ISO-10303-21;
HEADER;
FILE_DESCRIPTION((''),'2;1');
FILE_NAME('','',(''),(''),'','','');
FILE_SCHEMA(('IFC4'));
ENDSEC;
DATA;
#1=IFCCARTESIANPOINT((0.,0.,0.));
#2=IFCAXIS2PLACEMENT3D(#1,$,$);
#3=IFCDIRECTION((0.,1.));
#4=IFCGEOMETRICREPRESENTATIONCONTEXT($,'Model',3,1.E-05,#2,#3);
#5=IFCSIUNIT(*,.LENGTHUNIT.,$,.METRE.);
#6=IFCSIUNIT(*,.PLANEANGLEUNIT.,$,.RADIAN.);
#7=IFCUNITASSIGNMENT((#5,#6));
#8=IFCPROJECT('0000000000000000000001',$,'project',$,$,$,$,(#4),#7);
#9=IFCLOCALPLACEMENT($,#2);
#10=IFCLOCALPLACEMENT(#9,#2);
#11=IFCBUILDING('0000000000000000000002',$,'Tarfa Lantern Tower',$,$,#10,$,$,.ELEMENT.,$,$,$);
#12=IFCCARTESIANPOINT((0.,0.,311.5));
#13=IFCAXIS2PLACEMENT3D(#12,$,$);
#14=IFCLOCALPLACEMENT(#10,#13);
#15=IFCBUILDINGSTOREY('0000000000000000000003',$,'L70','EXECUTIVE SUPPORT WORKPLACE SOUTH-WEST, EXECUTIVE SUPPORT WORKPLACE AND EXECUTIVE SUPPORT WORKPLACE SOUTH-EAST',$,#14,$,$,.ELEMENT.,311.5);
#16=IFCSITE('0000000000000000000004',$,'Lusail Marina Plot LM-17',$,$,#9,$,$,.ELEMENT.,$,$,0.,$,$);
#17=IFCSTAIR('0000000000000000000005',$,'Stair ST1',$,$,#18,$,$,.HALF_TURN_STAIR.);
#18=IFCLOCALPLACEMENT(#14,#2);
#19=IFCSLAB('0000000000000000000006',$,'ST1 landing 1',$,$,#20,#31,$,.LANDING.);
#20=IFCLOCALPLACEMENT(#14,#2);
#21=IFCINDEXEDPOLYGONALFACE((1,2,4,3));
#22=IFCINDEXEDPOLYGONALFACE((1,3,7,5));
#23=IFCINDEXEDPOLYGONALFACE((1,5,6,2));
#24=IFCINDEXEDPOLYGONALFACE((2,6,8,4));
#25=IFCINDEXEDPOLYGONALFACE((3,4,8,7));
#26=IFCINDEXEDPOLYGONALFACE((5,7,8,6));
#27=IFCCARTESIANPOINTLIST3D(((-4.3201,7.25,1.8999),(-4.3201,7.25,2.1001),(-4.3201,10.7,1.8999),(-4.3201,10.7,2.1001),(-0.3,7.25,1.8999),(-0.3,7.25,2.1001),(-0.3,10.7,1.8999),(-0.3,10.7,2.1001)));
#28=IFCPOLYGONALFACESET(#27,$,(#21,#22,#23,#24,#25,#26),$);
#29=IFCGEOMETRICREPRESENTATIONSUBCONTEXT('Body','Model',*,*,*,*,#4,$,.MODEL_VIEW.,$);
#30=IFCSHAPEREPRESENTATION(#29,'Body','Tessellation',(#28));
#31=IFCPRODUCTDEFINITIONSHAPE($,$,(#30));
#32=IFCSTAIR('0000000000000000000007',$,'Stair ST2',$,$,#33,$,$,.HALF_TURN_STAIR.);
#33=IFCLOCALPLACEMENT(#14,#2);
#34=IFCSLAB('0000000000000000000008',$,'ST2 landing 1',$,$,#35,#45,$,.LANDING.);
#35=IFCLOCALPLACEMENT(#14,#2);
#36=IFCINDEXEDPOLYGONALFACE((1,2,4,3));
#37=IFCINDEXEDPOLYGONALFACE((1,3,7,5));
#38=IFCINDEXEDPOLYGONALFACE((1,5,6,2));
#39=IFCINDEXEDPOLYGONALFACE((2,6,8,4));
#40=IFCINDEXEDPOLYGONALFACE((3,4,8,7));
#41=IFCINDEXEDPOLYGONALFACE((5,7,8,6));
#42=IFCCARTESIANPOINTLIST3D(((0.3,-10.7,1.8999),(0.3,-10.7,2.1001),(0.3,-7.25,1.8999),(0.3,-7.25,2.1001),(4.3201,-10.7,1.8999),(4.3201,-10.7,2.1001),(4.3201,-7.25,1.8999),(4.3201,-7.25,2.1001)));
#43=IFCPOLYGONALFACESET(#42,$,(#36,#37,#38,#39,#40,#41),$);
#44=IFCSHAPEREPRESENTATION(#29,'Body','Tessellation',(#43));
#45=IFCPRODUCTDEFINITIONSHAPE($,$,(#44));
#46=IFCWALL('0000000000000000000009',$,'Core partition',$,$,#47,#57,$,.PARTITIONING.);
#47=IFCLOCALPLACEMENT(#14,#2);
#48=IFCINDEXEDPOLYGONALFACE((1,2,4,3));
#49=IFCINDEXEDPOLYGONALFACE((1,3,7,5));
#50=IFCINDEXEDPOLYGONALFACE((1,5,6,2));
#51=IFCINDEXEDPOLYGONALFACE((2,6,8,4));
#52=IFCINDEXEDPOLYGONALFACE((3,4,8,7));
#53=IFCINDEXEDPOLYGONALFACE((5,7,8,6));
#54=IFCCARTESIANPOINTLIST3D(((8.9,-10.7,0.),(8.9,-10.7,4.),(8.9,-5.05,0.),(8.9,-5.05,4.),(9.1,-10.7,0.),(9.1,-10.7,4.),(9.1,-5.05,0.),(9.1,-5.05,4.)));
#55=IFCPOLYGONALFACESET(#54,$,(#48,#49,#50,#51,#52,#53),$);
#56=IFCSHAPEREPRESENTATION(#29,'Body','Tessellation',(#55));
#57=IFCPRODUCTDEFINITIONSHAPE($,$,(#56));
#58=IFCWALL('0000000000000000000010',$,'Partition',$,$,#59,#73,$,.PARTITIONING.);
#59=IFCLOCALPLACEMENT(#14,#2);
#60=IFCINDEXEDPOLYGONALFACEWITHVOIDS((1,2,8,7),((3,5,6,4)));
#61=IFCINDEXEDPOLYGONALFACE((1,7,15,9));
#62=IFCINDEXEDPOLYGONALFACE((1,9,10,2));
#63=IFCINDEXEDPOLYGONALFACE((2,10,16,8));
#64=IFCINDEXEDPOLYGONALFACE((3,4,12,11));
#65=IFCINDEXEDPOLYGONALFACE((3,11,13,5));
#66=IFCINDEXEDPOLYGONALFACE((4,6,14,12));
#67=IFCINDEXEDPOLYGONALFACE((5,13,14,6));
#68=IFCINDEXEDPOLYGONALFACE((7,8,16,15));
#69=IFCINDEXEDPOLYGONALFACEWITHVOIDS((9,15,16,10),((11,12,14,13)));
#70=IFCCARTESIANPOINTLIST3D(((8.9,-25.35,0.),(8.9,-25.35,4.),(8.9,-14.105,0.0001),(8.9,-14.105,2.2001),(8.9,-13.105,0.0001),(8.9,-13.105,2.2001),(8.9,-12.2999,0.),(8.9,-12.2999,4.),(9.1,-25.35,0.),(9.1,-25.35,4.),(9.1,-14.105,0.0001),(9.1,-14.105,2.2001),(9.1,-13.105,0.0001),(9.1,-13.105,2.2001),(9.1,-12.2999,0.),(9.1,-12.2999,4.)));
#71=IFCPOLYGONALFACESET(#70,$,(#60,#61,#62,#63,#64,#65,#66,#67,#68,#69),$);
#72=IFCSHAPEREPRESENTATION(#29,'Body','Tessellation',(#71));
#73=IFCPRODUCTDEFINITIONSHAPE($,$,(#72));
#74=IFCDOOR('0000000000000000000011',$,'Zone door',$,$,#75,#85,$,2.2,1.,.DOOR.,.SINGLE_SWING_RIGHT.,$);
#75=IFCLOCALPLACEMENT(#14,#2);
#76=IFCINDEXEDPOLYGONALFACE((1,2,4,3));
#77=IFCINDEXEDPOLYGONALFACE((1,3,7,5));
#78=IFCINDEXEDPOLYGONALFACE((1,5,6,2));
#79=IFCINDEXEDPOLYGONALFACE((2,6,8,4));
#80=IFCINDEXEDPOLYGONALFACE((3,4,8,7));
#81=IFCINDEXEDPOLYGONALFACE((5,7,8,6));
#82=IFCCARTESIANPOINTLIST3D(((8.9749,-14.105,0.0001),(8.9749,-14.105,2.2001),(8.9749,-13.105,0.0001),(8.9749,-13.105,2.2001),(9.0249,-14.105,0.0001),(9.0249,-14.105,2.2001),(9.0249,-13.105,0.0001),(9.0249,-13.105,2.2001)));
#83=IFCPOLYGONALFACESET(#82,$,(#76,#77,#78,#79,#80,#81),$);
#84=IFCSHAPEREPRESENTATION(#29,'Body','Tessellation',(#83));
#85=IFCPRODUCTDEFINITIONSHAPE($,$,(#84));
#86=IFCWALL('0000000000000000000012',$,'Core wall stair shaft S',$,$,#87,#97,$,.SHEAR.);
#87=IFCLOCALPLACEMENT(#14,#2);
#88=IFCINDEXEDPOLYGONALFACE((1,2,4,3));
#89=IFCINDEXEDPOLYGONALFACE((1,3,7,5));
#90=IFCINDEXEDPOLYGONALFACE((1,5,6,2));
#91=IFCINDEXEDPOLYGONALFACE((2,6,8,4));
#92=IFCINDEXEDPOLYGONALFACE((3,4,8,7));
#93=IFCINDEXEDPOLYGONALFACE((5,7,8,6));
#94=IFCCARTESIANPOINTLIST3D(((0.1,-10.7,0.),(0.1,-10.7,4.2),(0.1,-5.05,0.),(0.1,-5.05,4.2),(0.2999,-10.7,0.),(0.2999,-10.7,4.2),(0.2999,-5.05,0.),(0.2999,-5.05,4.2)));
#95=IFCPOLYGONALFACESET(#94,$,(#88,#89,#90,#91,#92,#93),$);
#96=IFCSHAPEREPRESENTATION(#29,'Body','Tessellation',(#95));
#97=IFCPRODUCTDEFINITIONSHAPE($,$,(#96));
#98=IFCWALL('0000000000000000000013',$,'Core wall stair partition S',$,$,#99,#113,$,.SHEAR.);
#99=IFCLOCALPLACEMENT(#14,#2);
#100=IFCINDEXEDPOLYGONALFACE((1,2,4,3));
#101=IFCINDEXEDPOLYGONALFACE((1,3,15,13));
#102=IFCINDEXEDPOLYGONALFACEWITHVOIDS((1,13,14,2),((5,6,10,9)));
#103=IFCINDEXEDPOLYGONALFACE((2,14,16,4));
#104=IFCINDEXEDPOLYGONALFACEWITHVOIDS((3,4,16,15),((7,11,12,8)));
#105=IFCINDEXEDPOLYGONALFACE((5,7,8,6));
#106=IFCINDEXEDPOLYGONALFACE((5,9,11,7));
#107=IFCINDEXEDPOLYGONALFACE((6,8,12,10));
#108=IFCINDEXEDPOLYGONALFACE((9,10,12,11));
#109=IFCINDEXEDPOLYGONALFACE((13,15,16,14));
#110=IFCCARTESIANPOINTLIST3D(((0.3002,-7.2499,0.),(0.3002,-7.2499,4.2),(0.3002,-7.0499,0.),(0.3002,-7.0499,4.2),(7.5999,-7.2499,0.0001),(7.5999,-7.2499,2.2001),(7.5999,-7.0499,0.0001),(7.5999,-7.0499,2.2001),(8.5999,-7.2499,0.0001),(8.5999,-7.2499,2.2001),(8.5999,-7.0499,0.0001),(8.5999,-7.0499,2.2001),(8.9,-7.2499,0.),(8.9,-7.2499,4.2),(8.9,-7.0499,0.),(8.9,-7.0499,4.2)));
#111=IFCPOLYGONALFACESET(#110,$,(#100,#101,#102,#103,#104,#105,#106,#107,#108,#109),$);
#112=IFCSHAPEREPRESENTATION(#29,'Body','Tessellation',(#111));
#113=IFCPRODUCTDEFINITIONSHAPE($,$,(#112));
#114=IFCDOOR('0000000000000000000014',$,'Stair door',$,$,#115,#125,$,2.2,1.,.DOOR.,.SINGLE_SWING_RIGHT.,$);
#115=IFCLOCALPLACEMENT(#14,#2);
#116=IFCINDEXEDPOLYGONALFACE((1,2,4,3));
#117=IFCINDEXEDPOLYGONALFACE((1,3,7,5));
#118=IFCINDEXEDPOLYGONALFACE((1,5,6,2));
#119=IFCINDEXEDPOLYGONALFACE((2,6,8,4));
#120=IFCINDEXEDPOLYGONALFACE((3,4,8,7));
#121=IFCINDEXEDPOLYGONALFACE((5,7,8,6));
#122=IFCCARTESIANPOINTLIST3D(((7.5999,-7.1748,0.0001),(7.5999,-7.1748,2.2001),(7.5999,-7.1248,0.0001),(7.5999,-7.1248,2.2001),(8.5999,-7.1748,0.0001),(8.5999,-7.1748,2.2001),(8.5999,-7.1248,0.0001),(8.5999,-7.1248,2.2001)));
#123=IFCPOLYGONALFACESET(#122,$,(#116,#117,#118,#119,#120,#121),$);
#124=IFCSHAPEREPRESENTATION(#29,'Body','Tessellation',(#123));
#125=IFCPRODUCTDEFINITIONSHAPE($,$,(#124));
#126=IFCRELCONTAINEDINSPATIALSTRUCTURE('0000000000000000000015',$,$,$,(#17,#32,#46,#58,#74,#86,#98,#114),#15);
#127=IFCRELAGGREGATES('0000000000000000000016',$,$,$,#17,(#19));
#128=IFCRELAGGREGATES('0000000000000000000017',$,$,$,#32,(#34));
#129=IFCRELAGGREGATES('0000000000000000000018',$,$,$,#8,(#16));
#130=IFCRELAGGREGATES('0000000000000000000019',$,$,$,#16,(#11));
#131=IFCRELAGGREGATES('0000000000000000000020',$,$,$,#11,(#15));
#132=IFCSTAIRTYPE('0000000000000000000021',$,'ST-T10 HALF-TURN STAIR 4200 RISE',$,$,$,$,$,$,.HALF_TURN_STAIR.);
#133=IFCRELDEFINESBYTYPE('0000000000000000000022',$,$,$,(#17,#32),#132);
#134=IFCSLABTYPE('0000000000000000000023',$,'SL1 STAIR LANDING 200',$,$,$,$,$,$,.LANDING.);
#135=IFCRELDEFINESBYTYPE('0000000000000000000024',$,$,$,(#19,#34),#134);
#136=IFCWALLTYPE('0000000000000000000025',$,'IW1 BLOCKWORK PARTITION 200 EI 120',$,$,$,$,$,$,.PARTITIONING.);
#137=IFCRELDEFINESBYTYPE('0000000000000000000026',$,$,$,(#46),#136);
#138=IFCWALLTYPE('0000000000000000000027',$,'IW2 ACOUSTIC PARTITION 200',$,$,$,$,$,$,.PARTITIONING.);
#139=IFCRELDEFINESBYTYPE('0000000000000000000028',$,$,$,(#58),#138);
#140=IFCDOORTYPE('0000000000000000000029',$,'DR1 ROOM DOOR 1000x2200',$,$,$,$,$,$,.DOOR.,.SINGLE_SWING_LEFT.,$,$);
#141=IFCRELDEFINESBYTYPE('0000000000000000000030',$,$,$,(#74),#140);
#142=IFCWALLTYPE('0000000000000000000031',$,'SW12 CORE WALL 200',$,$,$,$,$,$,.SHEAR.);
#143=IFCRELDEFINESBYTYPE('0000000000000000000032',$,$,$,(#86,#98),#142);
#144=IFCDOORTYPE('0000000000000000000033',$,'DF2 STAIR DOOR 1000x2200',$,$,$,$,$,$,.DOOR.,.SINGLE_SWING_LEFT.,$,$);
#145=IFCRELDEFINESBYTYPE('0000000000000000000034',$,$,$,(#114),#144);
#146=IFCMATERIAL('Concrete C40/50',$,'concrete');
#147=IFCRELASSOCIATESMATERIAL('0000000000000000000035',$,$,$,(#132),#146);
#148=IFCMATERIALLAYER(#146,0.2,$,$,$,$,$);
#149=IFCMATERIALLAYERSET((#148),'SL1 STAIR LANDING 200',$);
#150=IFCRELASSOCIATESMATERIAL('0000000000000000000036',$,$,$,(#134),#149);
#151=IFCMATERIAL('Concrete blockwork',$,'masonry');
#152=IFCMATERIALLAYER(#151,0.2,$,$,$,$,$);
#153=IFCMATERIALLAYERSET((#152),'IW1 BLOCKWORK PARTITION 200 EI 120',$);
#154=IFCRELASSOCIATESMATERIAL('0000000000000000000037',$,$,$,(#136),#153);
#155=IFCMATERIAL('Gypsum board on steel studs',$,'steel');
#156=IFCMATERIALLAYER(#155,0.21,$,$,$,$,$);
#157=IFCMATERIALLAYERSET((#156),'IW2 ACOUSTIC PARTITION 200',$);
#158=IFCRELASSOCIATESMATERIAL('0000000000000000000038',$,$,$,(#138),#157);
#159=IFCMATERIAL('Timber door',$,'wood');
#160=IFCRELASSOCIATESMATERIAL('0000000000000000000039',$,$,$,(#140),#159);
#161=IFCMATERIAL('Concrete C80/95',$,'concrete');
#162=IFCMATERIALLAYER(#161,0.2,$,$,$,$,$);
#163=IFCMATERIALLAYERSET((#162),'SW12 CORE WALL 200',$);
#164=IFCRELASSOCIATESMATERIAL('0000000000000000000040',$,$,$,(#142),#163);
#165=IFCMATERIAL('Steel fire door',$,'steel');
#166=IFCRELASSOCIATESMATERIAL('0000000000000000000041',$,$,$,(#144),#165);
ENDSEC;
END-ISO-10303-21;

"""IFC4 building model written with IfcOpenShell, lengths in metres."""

from ifc_helpers import new_model, si_unit, direction, frame, frame_2d, origin, place, context, subcontext, project, spatial, polyline, rectangle, outline, extrude, material, layer, layer_set, type_object, element, fill, aggregate, save


model = new_model("IFC4")

# Units and contexts
model_context = context("Model", 3, precision=1e-05, world=origin(), true_north=direction((0.0, 1.0)))
body_context = subcontext(model_context, "Body", "Model", "MODEL_VIEW")
ifc_project = project(units=[si_unit("LENGTHUNIT", "METRE"), si_unit("PLANEANGLEUNIT", "RADIAN")], contexts=[model_context])

# Site, building, storey
site_placement = place(None, origin())
site = spatial("IfcSite", under=ifc_project, at=site_placement, Name="Lusail Marina Plot LM-17", CompositionType="ELEMENT", RefElevation=0.0)
building_placement = place(site_placement, origin())
building = spatial("IfcBuilding", under=site, at=building_placement, Name="Tarfa Lantern Tower", CompositionType="ELEMENT")
storey_placement = place(building_placement, frame((0.0, 0.0, 311.5)))
storey = spatial("IfcBuildingStorey", under=building, at=storey_placement, Name="L70", Description="EXECUTIVE SUPPORT WORKPLACE SOUTH-WEST, EXECUTIVE SUPPORT WORKPLACE AND EXECUTIVE SUPPORT WORKPLACE SOUTH-EAST", CompositionType="ELEMENT", Elevation=311.5)

# Stairs, slabs
ifc_material_1 = material(Name="Concrete C40/50", Category="concrete")
stair_type = type_object("IfcStairType", Name="ST-T10 HALF-TURN STAIR 4200 RISE", PredefinedType="HALF_TURN_STAIR", material=ifc_material_1)
stair_1_placement = place(storey_placement, origin())
stair_1 = element("IfcStair", 1, at=stair_1_placement, inside=storey, type_object=stair_type, Name="Stair ST1", PredefinedType="HALF_TURN_STAIR")
ifc_layer_1 = layer(ifc_material_1, 0.2)
ifc_layer_set_1 = layer_set([ifc_layer_1], Name="SL1 STAIR LANDING 200")
slab_type = type_object("IfcSlabType", Name="SL1 STAIR LANDING 200", PredefinedType="LANDING", material=ifc_layer_set_1)
slab_1_placement = place(storey_placement, frame((0.0, 0.0, 1.8999)))
slab_1 = element("IfcSlab", 2, at=slab_1_placement, type_object=slab_type, Name="ST1 landing 1", PredefinedType="LANDING", context=body_context, shape_type="SweptSolid", body=[
    extrude(outline(polyline([(-4.3201, 7.25), (-0.3, 7.25), (-0.3, 10.7), (-4.3201, 10.7), (-4.3201, 7.25)])), origin(), (0.0, 0.0, 1.0), 0.2002),
])
aggregate(stair_1, [slab_1])
stair_2_placement = place(storey_placement, origin())
stair_2 = element("IfcStair", 3, at=stair_2_placement, inside=storey, type_object=stair_type, Name="Stair ST2", PredefinedType="HALF_TURN_STAIR")
slab_2_placement = place(storey_placement, frame((0.0, 0.0, 1.8999)))
slab_2 = element("IfcSlab", 4, at=slab_2_placement, type_object=slab_type, Name="ST2 landing 1", PredefinedType="LANDING", context=body_context, shape_type="SweptSolid", body=[
    extrude(outline(polyline([(4.3201, -7.25), (0.3, -7.25), (0.3, -10.7), (4.3201, -10.7), (4.3201, -7.25)])), origin(), (0.0, 0.0, 1.0), 0.2002),
])

# Wall
ifc_material_2 = material(Name="Concrete blockwork", Category="masonry")
ifc_layer_2 = layer(ifc_material_2, 0.2)
ifc_layer_set_2 = layer_set([ifc_layer_2], Name="IW1 BLOCKWORK PARTITION 200 EI 120")
wall_type_1 = type_object("IfcWallType", Name="IW1 BLOCKWORK PARTITION 200 EI 120", PredefinedType="PARTITIONING", material=ifc_layer_set_2)
wall_1_placement = place(storey_placement, frame((9.0, -5.05, 0.0), z_axis=(0.0, 0.0, 1.0), x_axis=(0.0, -1.0, 0.0)))
element("IfcWall", 5, at=wall_1_placement, inside=storey, type_object=wall_type_1, Name="Core partition", PredefinedType="PARTITIONING", context=body_context, shape_type="SweptSolid", body=[
    extrude(rectangle(XDim=5.6499, YDim=0.2, at=frame_2d((2.825, 0.0))), origin(), (0.0, 0.0, 1.0), 4.0),
])

# Wall, opening, door
ifc_material_3 = material(Name="Gypsum board on steel studs", Category="steel")
ifc_layer_3 = layer(ifc_material_3, 0.21)
ifc_layer_set_3 = layer_set([ifc_layer_3], Name="IW2 ACOUSTIC PARTITION 200")
wall_type_2 = type_object("IfcWallType", Name="IW2 ACOUSTIC PARTITION 200", PredefinedType="PARTITIONING", material=ifc_layer_set_3)
wall_2_placement = place(storey_placement, frame((9.0, -12.3, 0.0), z_axis=(0.0, 0.0, 1.0), x_axis=(0.0, -1.0, 0.0)))
wall_2 = element("IfcWall", 6, at=wall_2_placement, inside=storey, type_object=wall_type_2, Name="Partition", PredefinedType="PARTITIONING", context=body_context, shape_type="SweptSolid", body=[
    extrude(rectangle(XDim=13.05, YDim=0.2, at=frame_2d((6.5249, 0.0))), origin(), (0.0, 0.0, 1.0), 4.0),
])
opening_1_placement = place(wall_2_placement, frame((0.8049, 0.0, 0.0)))
opening_1 = element("IfcOpeningElement", 7, at=opening_1_placement, cuts=wall_2, PredefinedType="OPENING", context=body_context, shape_type="SweptSolid", body=[
    extrude(rectangle(XDim=1.0, YDim=2.2, at=frame_2d((0.5, 1.1001))), frame((0.0, 0.1099, 0.0), z_axis=(0.0, -1.0, 0.0), x_axis=(1.0, 0.0, 0.0)), (0.0, 0.0, 1.0), 0.22),
])
ifc_material_4 = material(Name="Timber door", Category="wood")
door_type_1 = type_object("IfcDoorType", Name="DR1 ROOM DOOR 1000x2200", OperationType="SINGLE_SWING_LEFT", PredefinedType="DOOR", material=ifc_material_4)
door_1_placement = place(opening_1_placement, origin())
door_1 = element("IfcDoor", 8, at=door_1_placement, inside=storey, type_object=door_type_1, Name="Zone door", OperationType="SINGLE_SWING_RIGHT", OverallHeight=2.2, OverallWidth=1.0, PredefinedType="DOOR", context=body_context, shape_type="SweptSolid", body=[
    extrude(rectangle(XDim=1.0, YDim=2.2, at=frame_2d((0.5, 1.1001))), frame((0.0, 0.0249, 0.0), z_axis=(0.0, -1.0, 0.0), x_axis=(1.0, 0.0, 0.0)), (0.0, 0.0, 1.0), 0.05),
])
fill(opening_1, door_1)

# Wall
ifc_material_5 = material(Name="Concrete C80/95", Category="concrete")
ifc_layer_4 = layer(ifc_material_5, 0.2)
ifc_layer_set_4 = layer_set([ifc_layer_4], Name="SW12 CORE WALL 200")
wall_type_3 = type_object("IfcWallType", Name="SW12 CORE WALL 200", PredefinedType="SHEAR", material=ifc_layer_set_4)
wall_3_placement = place(storey_placement, frame((0.2, -5.05, 0.0), z_axis=(0.0, 0.0, 1.0), x_axis=(0.0, -1.0, 0.0)))
element("IfcWall", 9, at=wall_3_placement, inside=storey, type_object=wall_type_3, Name="Core wall stair shaft S", PredefinedType="SHEAR", context=body_context, shape_type="SweptSolid", body=[
    extrude(rectangle(XDim=5.6499, YDim=0.2, at=frame_2d((2.825, 0.0))), origin(), (0.0, 0.0, 1.0), 4.2),
])

# Wall, opening, door
wall_4_placement = place(storey_placement, frame((8.8999, -7.1499, 0.0), z_axis=(0.0, 0.0, 1.0), x_axis=(-1.0, 0.0, 0.0)))
wall_4 = element("IfcWall", 10, at=wall_4_placement, inside=storey, type_object=wall_type_3, Name="Core wall stair partition S", PredefinedType="SHEAR", context=body_context, shape_type="SweptSolid", body=[
    extrude(rectangle(XDim=8.5999, YDim=0.2, at=frame_2d((4.2998, 0.0))), origin(), (0.0, 0.0, 1.0), 4.2),
])
opening_2_placement = place(wall_4_placement, frame((0.3, 0.0, 0.0)))
opening_2 = element("IfcOpeningElement", 11, at=opening_2_placement, cuts=wall_4, PredefinedType="OPENING", context=body_context, shape_type="SweptSolid", body=[
    extrude(rectangle(XDim=1.0, YDim=2.2, at=frame_2d((0.5, 1.1001))), frame((0.0, 0.1099, 0.0), z_axis=(0.0, -1.0, 0.0), x_axis=(1.0, 0.0, 0.0)), (0.0, 0.0, 1.0), 0.22),
])
ifc_material_6 = material(Name="Steel fire door", Category="steel")
door_type_2 = type_object("IfcDoorType", Name="DF2 STAIR DOOR 1000x2200", OperationType="SINGLE_SWING_LEFT", PredefinedType="DOOR", material=ifc_material_6)
door_2_placement = place(opening_2_placement, origin())
door_2 = element("IfcDoor", 12, at=door_2_placement, inside=storey, type_object=door_type_2, Name="Stair door", OperationType="SINGLE_SWING_RIGHT", OverallHeight=2.2, OverallWidth=1.0, PredefinedType="DOOR", context=body_context, shape_type="SweptSolid", body=[
    extrude(rectangle(XDim=1.0, YDim=2.2, at=frame_2d((0.5, 1.1001))), frame((0.0, 0.0249, 0.0), z_axis=(0.0, -1.0, 0.0), x_axis=(1.0, 0.0, 0.0)), (0.0, 0.0, 1.0), 0.05),
])
fill(opening_2, door_2)

aggregate(stair_2, [slab_2])

save(model, "model.ifc")
